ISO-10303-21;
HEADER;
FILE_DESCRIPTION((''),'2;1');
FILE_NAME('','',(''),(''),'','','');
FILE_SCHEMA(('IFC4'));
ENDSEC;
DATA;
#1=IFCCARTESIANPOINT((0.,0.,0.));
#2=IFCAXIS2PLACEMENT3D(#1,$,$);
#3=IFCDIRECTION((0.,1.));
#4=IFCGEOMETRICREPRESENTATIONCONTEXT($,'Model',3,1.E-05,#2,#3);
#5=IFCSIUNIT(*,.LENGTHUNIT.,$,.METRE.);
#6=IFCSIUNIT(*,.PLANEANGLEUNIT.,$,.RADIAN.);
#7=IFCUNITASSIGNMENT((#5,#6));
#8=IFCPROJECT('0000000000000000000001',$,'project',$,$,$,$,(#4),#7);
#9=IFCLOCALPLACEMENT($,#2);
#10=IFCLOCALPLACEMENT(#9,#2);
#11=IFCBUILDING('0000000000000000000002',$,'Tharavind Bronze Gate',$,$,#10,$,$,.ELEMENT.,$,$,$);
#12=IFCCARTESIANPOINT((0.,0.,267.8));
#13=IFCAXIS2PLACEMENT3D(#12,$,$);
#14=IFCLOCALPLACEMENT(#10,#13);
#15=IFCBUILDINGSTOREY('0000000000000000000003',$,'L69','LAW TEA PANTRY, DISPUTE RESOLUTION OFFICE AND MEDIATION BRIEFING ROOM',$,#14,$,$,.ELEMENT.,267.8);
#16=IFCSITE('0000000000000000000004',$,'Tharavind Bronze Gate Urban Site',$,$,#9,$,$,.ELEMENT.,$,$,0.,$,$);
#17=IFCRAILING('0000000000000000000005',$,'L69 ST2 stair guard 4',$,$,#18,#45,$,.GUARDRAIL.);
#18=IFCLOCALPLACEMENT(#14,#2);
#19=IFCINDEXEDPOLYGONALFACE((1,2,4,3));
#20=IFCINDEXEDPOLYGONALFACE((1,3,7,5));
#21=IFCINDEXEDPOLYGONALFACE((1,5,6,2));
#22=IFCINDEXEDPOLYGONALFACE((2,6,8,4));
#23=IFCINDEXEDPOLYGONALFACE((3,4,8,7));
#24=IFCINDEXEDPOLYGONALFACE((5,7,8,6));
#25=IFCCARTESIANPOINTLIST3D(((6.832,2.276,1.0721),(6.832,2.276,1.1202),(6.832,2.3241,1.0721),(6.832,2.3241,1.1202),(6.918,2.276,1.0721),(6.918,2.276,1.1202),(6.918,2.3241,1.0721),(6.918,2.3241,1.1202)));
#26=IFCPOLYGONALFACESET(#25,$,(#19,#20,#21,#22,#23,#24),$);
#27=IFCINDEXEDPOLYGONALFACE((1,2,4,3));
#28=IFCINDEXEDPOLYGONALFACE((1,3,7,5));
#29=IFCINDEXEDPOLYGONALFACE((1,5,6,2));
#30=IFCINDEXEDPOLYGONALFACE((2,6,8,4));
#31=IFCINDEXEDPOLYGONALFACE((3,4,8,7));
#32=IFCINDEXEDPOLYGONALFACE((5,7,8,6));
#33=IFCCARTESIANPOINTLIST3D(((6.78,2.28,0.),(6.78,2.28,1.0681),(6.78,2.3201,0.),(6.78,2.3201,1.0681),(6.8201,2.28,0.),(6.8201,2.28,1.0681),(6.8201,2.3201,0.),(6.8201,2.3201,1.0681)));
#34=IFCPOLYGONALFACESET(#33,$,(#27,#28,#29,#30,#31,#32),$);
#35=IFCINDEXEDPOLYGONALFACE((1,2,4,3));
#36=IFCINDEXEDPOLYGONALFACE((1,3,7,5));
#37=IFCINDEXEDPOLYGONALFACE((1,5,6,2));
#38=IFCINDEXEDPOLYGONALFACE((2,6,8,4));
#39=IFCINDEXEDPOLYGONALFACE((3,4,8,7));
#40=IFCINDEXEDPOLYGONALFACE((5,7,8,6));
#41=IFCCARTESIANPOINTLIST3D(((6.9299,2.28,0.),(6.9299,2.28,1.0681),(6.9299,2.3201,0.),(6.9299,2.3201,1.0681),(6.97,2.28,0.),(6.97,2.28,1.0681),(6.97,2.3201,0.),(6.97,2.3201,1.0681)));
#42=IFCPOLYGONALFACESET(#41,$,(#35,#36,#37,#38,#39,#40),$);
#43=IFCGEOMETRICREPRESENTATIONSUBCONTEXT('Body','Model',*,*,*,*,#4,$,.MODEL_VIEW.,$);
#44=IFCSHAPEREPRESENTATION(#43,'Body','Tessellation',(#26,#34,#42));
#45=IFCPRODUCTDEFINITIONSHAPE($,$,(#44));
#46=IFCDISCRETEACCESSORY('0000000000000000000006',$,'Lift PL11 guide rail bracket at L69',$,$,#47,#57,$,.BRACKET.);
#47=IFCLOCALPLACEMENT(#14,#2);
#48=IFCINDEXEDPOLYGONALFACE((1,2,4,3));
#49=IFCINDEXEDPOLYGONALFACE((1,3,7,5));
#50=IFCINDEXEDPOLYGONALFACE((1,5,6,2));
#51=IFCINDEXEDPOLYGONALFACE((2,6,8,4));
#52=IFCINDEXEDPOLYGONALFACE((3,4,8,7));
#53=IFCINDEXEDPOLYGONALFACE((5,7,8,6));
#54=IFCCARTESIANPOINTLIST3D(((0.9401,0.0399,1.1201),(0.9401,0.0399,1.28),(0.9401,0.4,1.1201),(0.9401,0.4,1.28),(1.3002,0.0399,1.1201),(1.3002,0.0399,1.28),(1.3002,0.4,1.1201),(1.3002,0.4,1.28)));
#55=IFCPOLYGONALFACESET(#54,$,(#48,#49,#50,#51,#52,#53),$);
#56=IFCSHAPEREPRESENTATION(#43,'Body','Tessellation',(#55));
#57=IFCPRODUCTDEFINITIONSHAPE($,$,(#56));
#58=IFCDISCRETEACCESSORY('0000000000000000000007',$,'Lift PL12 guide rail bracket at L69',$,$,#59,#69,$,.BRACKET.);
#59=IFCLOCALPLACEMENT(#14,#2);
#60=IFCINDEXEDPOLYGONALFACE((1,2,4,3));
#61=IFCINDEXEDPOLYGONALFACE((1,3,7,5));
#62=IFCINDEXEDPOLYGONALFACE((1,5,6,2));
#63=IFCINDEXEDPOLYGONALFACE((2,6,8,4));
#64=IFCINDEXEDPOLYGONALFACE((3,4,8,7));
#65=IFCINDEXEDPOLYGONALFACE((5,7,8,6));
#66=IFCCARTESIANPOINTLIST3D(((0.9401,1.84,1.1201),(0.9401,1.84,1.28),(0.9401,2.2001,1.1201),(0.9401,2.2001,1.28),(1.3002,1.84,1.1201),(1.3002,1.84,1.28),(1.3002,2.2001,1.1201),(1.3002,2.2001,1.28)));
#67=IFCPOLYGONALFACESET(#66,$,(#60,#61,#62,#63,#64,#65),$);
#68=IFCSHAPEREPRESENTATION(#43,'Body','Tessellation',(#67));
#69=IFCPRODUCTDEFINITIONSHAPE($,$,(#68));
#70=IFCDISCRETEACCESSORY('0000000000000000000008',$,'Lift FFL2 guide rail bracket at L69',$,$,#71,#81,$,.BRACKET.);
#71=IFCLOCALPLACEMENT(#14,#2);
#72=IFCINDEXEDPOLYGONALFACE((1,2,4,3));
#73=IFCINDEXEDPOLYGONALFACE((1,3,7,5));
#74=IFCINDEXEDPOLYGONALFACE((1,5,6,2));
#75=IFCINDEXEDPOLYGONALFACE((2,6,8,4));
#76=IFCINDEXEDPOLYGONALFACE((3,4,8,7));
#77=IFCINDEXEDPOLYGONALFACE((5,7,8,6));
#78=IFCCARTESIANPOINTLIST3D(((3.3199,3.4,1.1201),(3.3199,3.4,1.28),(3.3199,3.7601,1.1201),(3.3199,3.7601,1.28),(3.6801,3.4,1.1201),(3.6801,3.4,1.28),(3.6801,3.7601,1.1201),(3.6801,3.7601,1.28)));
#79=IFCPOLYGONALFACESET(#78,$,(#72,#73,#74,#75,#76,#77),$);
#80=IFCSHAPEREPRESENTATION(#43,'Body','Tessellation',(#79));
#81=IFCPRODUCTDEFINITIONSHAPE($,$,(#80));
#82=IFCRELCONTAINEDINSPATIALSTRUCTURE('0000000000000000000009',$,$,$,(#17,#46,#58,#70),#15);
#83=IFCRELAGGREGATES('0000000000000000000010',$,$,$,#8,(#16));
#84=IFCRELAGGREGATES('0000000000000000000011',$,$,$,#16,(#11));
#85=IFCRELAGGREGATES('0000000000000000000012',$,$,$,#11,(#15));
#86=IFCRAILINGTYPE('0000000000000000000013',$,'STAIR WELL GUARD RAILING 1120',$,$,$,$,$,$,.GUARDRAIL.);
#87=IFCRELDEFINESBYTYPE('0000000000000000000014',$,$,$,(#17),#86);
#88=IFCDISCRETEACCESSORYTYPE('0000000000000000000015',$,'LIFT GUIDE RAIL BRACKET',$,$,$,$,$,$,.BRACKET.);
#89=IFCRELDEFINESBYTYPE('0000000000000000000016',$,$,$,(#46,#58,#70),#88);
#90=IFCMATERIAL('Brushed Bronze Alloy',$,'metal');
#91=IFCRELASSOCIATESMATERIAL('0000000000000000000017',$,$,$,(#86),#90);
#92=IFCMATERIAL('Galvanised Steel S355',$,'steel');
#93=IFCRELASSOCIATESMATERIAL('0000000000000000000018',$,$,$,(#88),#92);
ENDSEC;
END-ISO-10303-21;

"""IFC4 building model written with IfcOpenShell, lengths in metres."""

from ifc_helpers import new_model, si_unit, direction, frame, origin, origin_2d, place, context, subcontext, project, spatial, rectangle, extrude, material, type_object, element, save


model = new_model("IFC4")

# Units and contexts
model_context = context("Model", 3, precision=1e-05, world=origin(), true_north=direction((0.0, 1.0)))
body_context = subcontext(model_context, "Body", "Model", "MODEL_VIEW")
ifc_project = project(units=[si_unit("LENGTHUNIT", "METRE"), si_unit("PLANEANGLEUNIT", "RADIAN")], contexts=[model_context])

# Site, building, storey
site_placement = place(None, origin())
site = spatial("IfcSite", under=ifc_project, at=site_placement, Name="Tharavind Bronze Gate Urban Site", CompositionType="ELEMENT", RefElevation=0.0)
building_placement = place(site_placement, origin())
building = spatial("IfcBuilding", under=site, at=building_placement, Name="Tharavind Bronze Gate", CompositionType="ELEMENT")
storey_placement = place(building_placement, frame((0.0, 0.0, 267.8)))
storey = spatial("IfcBuildingStorey", under=building, at=storey_placement, Name="L69", Description="LAW TEA PANTRY, DISPUTE RESOLUTION OFFICE AND MEDIATION BRIEFING ROOM", CompositionType="ELEMENT", Elevation=267.8)

# Railing
ifc_material_1 = material(Name="Brushed Bronze Alloy", Category="metal")
railing_type_1 = type_object("IfcRailingType", Name="STAIR WELL GUARD RAILING 1120", PredefinedType="GUARDRAIL", material=ifc_material_1)
railing_1_placement = place(storey_placement, frame((6.8, 2.3, 0.0)))
element("IfcRailing", 1, at=railing_1_placement, inside=storey, type_object=railing_type_1, Name="L69 ST2 stair guard 4", PredefinedType="GUARDRAIL", context=body_context, shape_type="SweptSolid", body=[
    extrude(rectangle(XDim=0.0481, YDim=0.0481, at=origin_2d()), frame((0.032, 0.0, 1.0962), z_axis=(1.0, 0.0, 0.0), x_axis=(0.0, 1.0, 0.0)), (0.0, 0.0, 1.0), 0.0859),
    extrude(rectangle(XDim=0.04, YDim=0.04, at=origin_2d()), origin(), (0.0, 0.0, 1.0), 1.0681),
    extrude(rectangle(XDim=0.04, YDim=0.04, at=origin_2d()), frame((0.1499, 0.0, 0.0)), (0.0, 0.0, 1.0), 1.0681),
])

# Discrete accessories
ifc_material_2 = material(Name="Galvanised Steel S355", Category="steel")
discrete_accessory_type = type_object("IfcDiscreteAccessoryType", Name="LIFT GUIDE RAIL BRACKET", PredefinedType="BRACKET", material=ifc_material_2)
for number, where, z_axis, x_axis, name in (
    (2, (1.1201, 0.22, 1.1201), (0.0, 0.0, 1.0), (1.0, 0.0, 0.0), "Lift PL11 guide rail bracket at L69"),
    (3, (1.1201, 2.02, 1.1201), (0.0, 0.0, 1.0), (1.0, 0.0, 0.0), "Lift PL12 guide rail bracket at L69"),
    (4, (3.5, 3.5801, 1.1201), (0.0, 0.0, 1.0), (1.0, 0.0, 0.0), "Lift FFL2 guide rail bracket at L69"),
):
    element("IfcDiscreteAccessory", number, at=place(storey_placement, frame(where, z_axis=z_axis, x_axis=x_axis)), inside=storey, type_object=discrete_accessory_type, Name=name, PredefinedType="BRACKET", context=body_context, shape_type="SweptSolid", body=[
        extrude(rectangle(XDim=0.3601, YDim=0.3601, at=origin_2d()), origin(), (0.0, 0.0, 1.0), 0.1599),
    ])

save(model, "model.ifc")
